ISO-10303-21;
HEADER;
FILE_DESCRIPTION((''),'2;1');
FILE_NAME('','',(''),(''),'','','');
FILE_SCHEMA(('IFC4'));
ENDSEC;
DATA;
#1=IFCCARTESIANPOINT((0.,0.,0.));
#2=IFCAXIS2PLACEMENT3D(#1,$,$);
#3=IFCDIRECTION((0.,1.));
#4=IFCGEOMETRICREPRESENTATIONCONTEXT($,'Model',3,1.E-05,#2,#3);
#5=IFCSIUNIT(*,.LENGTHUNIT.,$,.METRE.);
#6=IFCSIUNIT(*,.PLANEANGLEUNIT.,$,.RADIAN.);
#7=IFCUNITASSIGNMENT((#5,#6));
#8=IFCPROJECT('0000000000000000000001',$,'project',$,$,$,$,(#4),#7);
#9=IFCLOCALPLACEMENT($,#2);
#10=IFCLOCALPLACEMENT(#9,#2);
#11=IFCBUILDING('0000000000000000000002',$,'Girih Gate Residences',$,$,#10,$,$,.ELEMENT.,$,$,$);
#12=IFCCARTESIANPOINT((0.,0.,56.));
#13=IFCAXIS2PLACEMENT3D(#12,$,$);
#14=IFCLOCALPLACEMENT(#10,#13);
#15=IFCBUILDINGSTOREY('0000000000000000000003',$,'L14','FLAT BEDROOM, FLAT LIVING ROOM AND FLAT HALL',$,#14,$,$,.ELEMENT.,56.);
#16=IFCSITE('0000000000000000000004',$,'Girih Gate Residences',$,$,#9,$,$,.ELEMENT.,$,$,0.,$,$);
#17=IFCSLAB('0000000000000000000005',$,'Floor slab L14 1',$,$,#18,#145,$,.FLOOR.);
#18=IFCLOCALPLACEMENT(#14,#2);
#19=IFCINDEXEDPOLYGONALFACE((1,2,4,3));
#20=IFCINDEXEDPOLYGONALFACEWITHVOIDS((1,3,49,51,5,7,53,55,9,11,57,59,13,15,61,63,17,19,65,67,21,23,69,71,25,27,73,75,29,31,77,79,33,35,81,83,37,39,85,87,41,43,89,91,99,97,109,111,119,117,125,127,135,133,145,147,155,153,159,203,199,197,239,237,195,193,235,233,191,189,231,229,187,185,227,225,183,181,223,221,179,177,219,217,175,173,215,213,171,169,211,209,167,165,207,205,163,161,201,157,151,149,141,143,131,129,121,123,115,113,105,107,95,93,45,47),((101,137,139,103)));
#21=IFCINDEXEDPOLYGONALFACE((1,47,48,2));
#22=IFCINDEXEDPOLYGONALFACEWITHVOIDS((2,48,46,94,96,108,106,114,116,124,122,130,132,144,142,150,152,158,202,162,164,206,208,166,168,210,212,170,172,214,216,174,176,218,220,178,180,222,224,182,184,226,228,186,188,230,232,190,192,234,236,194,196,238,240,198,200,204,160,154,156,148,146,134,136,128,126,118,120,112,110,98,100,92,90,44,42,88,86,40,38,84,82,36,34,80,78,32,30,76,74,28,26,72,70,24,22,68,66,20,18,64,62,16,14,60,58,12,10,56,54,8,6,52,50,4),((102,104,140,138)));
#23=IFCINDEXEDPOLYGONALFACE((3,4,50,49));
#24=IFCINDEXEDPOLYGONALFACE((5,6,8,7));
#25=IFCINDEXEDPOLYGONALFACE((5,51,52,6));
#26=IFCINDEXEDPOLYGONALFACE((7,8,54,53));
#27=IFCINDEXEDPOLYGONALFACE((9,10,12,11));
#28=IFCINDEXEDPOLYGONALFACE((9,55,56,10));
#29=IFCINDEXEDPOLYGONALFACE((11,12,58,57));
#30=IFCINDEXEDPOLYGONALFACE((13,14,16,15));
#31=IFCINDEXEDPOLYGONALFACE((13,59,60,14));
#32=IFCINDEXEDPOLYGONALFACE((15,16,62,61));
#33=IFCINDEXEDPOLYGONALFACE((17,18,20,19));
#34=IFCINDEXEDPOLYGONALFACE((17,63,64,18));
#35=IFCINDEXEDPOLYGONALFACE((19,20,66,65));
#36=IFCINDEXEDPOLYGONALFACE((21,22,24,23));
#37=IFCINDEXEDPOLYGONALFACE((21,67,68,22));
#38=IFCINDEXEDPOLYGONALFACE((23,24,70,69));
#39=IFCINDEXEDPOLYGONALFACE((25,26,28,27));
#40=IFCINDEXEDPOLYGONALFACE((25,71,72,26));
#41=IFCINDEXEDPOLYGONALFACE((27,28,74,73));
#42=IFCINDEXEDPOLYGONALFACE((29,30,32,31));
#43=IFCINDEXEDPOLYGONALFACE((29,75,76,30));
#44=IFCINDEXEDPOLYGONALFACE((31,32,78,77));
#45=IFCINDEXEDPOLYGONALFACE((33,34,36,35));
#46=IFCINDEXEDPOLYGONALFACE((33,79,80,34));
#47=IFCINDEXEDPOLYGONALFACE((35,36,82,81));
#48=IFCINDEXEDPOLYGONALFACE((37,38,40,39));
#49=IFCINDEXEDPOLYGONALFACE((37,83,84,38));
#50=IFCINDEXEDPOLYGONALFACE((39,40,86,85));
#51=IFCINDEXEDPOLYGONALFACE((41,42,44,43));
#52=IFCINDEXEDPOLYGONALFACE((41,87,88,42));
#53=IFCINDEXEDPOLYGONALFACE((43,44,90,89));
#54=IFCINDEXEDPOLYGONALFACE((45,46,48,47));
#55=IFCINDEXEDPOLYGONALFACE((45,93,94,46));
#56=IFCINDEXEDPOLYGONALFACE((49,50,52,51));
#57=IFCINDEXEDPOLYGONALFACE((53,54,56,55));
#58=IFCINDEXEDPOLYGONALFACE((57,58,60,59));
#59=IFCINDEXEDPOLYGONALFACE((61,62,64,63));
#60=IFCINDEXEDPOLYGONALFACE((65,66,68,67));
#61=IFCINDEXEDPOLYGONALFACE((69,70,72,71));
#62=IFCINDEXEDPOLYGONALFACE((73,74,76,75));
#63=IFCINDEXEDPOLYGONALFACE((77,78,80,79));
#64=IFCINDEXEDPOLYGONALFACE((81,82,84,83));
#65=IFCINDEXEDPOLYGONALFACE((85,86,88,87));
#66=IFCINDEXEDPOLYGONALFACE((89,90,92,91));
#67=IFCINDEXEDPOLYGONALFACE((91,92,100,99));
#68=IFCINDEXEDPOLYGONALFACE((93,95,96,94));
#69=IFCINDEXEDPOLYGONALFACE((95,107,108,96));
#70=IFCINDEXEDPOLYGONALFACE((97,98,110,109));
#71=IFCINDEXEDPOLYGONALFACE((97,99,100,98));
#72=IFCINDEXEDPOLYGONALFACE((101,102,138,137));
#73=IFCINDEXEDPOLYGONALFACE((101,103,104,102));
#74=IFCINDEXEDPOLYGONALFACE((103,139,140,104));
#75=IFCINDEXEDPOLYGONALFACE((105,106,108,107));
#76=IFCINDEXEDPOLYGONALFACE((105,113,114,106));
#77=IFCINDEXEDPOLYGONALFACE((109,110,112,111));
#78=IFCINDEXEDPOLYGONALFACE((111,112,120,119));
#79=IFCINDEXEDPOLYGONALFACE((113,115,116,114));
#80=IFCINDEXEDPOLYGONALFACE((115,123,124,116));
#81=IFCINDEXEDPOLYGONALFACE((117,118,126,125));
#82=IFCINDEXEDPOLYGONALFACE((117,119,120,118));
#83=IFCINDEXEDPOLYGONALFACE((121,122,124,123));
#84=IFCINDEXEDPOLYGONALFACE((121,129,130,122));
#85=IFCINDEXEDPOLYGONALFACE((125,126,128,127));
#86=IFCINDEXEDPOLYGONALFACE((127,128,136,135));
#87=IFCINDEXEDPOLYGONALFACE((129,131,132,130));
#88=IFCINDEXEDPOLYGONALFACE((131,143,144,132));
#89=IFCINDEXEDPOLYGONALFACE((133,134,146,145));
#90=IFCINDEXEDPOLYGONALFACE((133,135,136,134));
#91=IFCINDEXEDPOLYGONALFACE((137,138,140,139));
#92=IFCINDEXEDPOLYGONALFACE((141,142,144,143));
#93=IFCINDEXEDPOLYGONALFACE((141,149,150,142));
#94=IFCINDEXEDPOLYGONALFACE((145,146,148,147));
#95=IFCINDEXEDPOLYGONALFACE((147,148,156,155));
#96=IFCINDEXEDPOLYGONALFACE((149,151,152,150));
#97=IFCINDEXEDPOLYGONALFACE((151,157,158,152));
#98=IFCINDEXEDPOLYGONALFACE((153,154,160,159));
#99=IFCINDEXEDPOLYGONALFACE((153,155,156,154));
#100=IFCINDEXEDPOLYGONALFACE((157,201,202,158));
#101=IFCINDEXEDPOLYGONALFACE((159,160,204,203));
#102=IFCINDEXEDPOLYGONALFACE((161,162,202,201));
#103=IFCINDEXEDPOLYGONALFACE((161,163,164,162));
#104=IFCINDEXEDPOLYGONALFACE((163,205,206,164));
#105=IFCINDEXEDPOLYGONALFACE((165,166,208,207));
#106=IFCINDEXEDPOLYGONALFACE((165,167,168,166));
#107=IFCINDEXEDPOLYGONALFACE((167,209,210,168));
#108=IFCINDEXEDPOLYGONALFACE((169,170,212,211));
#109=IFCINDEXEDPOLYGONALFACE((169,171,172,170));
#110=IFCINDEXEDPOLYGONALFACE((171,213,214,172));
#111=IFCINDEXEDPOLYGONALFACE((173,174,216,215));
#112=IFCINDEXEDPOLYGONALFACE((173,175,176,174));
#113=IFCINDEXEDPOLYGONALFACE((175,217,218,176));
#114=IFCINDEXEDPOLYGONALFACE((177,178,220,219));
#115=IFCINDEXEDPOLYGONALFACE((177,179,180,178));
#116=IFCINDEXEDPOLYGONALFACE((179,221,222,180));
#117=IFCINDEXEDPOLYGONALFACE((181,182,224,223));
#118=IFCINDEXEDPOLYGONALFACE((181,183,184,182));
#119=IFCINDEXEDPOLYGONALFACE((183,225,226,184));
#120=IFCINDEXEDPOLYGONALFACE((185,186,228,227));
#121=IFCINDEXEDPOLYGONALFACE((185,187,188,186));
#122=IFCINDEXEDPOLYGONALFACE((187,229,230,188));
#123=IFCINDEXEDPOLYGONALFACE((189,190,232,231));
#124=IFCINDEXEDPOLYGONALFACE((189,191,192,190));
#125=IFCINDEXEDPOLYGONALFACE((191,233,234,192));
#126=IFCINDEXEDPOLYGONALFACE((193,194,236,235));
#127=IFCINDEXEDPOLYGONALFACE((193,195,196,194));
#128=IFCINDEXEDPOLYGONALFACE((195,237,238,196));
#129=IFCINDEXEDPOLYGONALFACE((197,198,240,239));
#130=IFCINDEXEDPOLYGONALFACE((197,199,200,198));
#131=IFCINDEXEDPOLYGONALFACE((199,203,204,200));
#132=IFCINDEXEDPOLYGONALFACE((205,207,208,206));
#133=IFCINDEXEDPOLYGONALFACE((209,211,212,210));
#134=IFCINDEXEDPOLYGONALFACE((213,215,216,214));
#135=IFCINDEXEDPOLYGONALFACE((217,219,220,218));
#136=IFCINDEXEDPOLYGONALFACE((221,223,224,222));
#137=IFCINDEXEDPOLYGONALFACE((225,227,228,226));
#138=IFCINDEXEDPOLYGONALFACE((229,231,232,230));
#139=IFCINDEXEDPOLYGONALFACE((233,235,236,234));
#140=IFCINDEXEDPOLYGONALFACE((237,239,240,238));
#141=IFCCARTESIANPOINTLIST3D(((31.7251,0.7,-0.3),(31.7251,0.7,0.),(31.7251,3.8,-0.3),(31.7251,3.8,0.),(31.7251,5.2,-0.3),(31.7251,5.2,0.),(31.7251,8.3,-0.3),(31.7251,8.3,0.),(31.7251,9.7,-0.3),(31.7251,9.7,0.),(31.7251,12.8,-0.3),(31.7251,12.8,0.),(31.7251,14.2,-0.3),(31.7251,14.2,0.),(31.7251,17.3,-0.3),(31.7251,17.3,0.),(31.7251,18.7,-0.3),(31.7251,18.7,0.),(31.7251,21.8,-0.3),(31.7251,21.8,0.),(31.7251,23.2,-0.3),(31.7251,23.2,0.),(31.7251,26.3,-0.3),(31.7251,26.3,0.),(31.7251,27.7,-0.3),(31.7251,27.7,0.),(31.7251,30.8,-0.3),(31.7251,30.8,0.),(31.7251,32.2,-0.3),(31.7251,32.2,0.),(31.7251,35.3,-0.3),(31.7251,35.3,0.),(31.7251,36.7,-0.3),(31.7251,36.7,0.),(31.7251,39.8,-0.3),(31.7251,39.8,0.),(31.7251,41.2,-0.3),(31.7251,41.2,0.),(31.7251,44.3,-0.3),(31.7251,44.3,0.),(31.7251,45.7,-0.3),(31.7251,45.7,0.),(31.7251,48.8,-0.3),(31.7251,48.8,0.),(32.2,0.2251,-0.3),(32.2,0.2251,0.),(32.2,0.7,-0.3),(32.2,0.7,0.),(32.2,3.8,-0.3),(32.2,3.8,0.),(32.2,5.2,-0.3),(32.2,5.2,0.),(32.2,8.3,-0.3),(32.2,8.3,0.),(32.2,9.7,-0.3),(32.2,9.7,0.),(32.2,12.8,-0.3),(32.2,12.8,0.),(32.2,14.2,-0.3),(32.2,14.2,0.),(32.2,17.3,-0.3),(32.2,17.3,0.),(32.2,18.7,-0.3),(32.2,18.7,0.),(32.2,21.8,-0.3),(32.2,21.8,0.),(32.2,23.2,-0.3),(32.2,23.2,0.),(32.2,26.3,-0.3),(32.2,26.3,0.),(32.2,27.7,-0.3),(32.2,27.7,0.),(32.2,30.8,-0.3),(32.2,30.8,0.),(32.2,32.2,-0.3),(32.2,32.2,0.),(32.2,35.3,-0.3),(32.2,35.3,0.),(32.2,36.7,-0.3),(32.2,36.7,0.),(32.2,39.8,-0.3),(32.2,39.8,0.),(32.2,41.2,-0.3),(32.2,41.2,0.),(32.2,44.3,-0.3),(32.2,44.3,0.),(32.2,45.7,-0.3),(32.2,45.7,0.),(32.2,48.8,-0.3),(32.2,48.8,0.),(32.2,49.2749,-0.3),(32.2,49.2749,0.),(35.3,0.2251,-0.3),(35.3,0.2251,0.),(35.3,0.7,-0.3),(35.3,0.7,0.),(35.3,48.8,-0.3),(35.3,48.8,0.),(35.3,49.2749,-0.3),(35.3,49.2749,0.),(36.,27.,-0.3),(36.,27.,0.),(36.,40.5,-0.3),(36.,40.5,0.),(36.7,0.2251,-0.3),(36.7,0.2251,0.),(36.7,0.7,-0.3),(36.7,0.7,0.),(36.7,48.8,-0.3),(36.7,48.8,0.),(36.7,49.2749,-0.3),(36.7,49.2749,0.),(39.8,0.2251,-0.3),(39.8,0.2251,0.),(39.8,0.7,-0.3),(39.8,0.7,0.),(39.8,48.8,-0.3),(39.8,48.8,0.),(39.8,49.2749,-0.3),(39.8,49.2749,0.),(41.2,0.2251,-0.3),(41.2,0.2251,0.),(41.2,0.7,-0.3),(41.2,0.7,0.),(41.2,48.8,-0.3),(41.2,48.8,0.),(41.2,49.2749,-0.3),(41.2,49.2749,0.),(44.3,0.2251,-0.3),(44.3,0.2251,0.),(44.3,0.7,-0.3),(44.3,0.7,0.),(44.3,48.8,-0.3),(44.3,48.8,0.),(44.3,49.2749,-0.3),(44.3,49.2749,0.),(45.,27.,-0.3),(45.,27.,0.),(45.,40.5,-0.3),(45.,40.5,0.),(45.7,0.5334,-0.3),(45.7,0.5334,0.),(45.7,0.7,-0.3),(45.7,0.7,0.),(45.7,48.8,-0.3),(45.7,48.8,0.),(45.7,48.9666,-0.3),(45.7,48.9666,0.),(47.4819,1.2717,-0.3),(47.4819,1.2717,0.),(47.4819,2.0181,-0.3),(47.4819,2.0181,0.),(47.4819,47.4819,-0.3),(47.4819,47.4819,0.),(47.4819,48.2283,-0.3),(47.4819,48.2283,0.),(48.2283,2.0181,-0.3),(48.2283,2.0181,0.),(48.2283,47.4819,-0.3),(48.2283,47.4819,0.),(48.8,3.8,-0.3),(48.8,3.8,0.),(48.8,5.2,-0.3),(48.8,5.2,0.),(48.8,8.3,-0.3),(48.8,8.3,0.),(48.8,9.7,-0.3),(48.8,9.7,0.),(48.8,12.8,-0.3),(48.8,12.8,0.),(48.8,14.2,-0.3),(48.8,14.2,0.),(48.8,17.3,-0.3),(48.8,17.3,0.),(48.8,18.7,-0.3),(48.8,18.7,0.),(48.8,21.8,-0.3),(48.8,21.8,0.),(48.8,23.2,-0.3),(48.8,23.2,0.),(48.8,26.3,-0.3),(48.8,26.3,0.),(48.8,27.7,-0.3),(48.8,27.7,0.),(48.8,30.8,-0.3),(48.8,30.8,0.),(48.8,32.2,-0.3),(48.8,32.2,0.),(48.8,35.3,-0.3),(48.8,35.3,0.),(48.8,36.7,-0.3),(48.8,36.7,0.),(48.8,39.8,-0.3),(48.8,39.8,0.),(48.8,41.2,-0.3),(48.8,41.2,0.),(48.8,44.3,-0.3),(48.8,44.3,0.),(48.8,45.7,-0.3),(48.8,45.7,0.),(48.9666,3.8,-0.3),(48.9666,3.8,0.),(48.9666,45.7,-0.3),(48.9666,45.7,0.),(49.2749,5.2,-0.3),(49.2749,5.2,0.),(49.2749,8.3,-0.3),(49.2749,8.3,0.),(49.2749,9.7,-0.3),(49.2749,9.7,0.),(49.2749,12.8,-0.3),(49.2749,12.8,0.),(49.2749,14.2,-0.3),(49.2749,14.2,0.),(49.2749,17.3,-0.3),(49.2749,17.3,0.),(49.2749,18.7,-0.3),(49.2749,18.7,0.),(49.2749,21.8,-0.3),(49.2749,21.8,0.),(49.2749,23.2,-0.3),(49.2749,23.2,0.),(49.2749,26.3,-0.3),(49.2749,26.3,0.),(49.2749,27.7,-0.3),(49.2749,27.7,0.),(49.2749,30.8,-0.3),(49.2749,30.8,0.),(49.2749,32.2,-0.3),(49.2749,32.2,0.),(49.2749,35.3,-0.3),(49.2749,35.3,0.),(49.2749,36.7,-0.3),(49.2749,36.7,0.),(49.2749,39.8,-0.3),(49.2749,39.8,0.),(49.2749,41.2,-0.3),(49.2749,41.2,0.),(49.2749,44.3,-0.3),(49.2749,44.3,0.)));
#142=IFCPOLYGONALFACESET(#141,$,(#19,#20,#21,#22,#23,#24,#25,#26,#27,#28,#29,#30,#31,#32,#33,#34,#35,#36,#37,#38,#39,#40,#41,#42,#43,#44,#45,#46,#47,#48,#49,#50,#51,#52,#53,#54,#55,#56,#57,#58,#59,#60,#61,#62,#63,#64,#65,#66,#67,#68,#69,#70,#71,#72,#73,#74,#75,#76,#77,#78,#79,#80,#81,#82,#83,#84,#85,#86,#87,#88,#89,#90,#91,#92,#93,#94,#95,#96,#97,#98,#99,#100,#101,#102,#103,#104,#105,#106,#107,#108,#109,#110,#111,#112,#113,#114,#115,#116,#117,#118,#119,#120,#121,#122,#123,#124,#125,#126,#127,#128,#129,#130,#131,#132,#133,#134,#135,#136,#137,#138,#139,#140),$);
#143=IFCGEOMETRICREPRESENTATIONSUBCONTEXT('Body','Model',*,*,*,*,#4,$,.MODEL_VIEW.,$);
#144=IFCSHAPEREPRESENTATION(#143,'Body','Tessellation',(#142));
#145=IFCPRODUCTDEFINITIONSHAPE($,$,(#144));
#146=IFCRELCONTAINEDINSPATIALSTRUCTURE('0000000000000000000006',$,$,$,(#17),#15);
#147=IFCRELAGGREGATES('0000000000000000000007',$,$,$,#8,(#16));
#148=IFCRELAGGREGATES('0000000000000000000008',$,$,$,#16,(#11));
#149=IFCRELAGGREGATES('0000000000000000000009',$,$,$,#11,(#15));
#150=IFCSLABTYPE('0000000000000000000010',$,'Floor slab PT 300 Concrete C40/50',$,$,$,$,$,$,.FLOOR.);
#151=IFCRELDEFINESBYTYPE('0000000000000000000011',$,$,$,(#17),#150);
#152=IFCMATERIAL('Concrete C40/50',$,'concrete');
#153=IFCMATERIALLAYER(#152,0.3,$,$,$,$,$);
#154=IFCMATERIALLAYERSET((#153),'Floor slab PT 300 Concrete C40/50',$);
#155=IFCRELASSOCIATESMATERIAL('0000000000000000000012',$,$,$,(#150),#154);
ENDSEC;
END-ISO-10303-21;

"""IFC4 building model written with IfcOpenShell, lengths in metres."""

from ifc_helpers import new_model, si_unit, direction, frame, origin, place, context, subcontext, project, spatial, polyline, outline, extrude, material, layer, layer_set, type_object, element, save


model = new_model("IFC4")

# Units and contexts
model_context = context("Model", 3, precision=1e-05, world=origin(), true_north=direction((0.0, 1.0)))
body_context = subcontext(model_context, "Body", "Model", "MODEL_VIEW")
ifc_project = project(units=[si_unit("LENGTHUNIT", "METRE"), si_unit("PLANEANGLEUNIT", "RADIAN")], contexts=[model_context])

# Site, building, storey
site_placement = place(None, origin())
site = spatial("IfcSite", under=ifc_project, at=site_placement, Name="Girih Gate Residences", CompositionType="ELEMENT", RefElevation=0.0)
building_placement = place(site_placement, origin())
building = spatial("IfcBuilding", under=site, at=building_placement, Name="Girih Gate Residences", CompositionType="ELEMENT")
storey_placement = place(building_placement, frame((0.0, 0.0, 56.0)))
storey = spatial("IfcBuildingStorey", under=building, at=storey_placement, Name="L14", Description="FLAT BEDROOM, FLAT LIVING ROOM AND FLAT HALL", CompositionType="ELEMENT", Elevation=56.0)

# Slab
ifc_material_1 = material(Name="Concrete C40/50", Category="concrete")
ifc_layer_1 = layer(ifc_material_1, 0.3)
ifc_layer_set_1 = layer_set([ifc_layer_1], Name="Floor slab PT 300 Concrete C40/50")
slab_type_1 = type_object("IfcSlabType", Name="Floor slab PT 300 Concrete C40/50", PredefinedType="FLOOR", material=ifc_layer_set_1)
slab_1_placement = place(storey_placement, frame((0.0, 0.0, -0.3)))
element("IfcSlab", 1, at=slab_1_placement, inside=storey, type_object=slab_type_1, Name="Floor slab L14 1", PredefinedType="FLOOR", context=body_context, shape_type="SweptSolid", body=[
    extrude(outline(polyline([(35.3, 49.2749), (32.2, 49.2749), (32.2, 48.8), (31.7251, 48.8), (31.7251, 45.7), (32.2, 45.7), (32.2, 44.3), (31.7251, 44.3), (31.7251, 41.2), (32.2, 41.2), (32.2, 39.8), (31.7251, 39.8), (31.7251, 36.7), (32.2, 36.7), (32.2, 35.3), (31.7251, 35.3), (31.7251, 32.2), (32.2, 32.2), (32.2, 30.8), (31.7251, 30.8), (31.7251, 27.7), (32.2, 27.7), (32.2, 26.3), (31.7251, 26.3), (31.7251, 23.2), (32.2, 23.2), (32.2, 21.8), (31.7251, 21.8), (31.7251, 18.7), (32.2, 18.7), (32.2, 17.3), (31.7251, 17.3), (31.7251, 14.2), (32.2, 14.2), (32.2, 12.8), (31.7251, 12.8), (31.7251, 9.7), (32.2, 9.7), (32.2, 8.3), (31.7251, 8.3), (31.7251, 5.2), (32.2, 5.2), (32.2, 3.8), (31.7251, 3.8), (31.7251, 0.7), (32.2, 0.7), (32.2, 0.2251), (35.3, 0.2251), (35.3, 0.7), (36.7, 0.7), (36.7, 0.2251), (39.8, 0.2251), (39.8, 0.7), (41.2, 0.7), (41.2, 0.2251), (44.3, 0.2251), (44.3, 0.7), (45.7, 0.7), (45.7, 0.5334), (47.4819, 1.2717), (47.4819, 2.0181), (48.2283, 2.0181), (48.9666, 3.8), (48.8, 3.8), (48.8, 5.2), (49.2749, 5.2), (49.2749, 8.3), (48.8, 8.3), (48.8, 9.7), (49.2749, 9.7), (49.2749, 12.8), (48.8, 12.8), (48.8, 14.2), (49.2749, 14.2), (49.2749, 17.3), (48.8, 17.3), (48.8, 18.7), (49.2749, 18.7), (49.2749, 21.8), (48.8, 21.8), (48.8, 23.2), (49.2749, 23.2), (49.2749, 26.3), (48.8, 26.3), (48.8, 27.7), (49.2749, 27.7), (49.2749, 30.8), (48.8, 30.8), (48.8, 32.2), (49.2749, 32.2), (49.2749, 35.3), (48.8, 35.3), (48.8, 36.7), (49.2749, 36.7), (49.2749, 39.8), (48.8, 39.8), (48.8, 41.2), (49.2749, 41.2), (49.2749, 44.3), (48.8, 44.3), (48.8, 45.7), (48.9666, 45.7), (48.2283, 47.4819), (47.4819, 47.4819), (47.4819, 48.2283), (45.7, 48.9666), (45.7, 48.8), (44.3, 48.8), (44.3, 49.2749), (41.2, 49.2749), (41.2, 48.8), (39.8, 48.8), (39.8, 49.2749), (36.7, 49.2749), (36.7, 48.8), (35.3, 48.8), (35.3, 49.2749)]), holes=[polyline([(45.0, 40.5), (45.0, 27.0), (36.0, 27.0), (36.0, 40.5), (45.0, 40.5)])]), origin(), (0.0, 0.0, 1.0), 0.3),
])

save(model, "model.ifc")
